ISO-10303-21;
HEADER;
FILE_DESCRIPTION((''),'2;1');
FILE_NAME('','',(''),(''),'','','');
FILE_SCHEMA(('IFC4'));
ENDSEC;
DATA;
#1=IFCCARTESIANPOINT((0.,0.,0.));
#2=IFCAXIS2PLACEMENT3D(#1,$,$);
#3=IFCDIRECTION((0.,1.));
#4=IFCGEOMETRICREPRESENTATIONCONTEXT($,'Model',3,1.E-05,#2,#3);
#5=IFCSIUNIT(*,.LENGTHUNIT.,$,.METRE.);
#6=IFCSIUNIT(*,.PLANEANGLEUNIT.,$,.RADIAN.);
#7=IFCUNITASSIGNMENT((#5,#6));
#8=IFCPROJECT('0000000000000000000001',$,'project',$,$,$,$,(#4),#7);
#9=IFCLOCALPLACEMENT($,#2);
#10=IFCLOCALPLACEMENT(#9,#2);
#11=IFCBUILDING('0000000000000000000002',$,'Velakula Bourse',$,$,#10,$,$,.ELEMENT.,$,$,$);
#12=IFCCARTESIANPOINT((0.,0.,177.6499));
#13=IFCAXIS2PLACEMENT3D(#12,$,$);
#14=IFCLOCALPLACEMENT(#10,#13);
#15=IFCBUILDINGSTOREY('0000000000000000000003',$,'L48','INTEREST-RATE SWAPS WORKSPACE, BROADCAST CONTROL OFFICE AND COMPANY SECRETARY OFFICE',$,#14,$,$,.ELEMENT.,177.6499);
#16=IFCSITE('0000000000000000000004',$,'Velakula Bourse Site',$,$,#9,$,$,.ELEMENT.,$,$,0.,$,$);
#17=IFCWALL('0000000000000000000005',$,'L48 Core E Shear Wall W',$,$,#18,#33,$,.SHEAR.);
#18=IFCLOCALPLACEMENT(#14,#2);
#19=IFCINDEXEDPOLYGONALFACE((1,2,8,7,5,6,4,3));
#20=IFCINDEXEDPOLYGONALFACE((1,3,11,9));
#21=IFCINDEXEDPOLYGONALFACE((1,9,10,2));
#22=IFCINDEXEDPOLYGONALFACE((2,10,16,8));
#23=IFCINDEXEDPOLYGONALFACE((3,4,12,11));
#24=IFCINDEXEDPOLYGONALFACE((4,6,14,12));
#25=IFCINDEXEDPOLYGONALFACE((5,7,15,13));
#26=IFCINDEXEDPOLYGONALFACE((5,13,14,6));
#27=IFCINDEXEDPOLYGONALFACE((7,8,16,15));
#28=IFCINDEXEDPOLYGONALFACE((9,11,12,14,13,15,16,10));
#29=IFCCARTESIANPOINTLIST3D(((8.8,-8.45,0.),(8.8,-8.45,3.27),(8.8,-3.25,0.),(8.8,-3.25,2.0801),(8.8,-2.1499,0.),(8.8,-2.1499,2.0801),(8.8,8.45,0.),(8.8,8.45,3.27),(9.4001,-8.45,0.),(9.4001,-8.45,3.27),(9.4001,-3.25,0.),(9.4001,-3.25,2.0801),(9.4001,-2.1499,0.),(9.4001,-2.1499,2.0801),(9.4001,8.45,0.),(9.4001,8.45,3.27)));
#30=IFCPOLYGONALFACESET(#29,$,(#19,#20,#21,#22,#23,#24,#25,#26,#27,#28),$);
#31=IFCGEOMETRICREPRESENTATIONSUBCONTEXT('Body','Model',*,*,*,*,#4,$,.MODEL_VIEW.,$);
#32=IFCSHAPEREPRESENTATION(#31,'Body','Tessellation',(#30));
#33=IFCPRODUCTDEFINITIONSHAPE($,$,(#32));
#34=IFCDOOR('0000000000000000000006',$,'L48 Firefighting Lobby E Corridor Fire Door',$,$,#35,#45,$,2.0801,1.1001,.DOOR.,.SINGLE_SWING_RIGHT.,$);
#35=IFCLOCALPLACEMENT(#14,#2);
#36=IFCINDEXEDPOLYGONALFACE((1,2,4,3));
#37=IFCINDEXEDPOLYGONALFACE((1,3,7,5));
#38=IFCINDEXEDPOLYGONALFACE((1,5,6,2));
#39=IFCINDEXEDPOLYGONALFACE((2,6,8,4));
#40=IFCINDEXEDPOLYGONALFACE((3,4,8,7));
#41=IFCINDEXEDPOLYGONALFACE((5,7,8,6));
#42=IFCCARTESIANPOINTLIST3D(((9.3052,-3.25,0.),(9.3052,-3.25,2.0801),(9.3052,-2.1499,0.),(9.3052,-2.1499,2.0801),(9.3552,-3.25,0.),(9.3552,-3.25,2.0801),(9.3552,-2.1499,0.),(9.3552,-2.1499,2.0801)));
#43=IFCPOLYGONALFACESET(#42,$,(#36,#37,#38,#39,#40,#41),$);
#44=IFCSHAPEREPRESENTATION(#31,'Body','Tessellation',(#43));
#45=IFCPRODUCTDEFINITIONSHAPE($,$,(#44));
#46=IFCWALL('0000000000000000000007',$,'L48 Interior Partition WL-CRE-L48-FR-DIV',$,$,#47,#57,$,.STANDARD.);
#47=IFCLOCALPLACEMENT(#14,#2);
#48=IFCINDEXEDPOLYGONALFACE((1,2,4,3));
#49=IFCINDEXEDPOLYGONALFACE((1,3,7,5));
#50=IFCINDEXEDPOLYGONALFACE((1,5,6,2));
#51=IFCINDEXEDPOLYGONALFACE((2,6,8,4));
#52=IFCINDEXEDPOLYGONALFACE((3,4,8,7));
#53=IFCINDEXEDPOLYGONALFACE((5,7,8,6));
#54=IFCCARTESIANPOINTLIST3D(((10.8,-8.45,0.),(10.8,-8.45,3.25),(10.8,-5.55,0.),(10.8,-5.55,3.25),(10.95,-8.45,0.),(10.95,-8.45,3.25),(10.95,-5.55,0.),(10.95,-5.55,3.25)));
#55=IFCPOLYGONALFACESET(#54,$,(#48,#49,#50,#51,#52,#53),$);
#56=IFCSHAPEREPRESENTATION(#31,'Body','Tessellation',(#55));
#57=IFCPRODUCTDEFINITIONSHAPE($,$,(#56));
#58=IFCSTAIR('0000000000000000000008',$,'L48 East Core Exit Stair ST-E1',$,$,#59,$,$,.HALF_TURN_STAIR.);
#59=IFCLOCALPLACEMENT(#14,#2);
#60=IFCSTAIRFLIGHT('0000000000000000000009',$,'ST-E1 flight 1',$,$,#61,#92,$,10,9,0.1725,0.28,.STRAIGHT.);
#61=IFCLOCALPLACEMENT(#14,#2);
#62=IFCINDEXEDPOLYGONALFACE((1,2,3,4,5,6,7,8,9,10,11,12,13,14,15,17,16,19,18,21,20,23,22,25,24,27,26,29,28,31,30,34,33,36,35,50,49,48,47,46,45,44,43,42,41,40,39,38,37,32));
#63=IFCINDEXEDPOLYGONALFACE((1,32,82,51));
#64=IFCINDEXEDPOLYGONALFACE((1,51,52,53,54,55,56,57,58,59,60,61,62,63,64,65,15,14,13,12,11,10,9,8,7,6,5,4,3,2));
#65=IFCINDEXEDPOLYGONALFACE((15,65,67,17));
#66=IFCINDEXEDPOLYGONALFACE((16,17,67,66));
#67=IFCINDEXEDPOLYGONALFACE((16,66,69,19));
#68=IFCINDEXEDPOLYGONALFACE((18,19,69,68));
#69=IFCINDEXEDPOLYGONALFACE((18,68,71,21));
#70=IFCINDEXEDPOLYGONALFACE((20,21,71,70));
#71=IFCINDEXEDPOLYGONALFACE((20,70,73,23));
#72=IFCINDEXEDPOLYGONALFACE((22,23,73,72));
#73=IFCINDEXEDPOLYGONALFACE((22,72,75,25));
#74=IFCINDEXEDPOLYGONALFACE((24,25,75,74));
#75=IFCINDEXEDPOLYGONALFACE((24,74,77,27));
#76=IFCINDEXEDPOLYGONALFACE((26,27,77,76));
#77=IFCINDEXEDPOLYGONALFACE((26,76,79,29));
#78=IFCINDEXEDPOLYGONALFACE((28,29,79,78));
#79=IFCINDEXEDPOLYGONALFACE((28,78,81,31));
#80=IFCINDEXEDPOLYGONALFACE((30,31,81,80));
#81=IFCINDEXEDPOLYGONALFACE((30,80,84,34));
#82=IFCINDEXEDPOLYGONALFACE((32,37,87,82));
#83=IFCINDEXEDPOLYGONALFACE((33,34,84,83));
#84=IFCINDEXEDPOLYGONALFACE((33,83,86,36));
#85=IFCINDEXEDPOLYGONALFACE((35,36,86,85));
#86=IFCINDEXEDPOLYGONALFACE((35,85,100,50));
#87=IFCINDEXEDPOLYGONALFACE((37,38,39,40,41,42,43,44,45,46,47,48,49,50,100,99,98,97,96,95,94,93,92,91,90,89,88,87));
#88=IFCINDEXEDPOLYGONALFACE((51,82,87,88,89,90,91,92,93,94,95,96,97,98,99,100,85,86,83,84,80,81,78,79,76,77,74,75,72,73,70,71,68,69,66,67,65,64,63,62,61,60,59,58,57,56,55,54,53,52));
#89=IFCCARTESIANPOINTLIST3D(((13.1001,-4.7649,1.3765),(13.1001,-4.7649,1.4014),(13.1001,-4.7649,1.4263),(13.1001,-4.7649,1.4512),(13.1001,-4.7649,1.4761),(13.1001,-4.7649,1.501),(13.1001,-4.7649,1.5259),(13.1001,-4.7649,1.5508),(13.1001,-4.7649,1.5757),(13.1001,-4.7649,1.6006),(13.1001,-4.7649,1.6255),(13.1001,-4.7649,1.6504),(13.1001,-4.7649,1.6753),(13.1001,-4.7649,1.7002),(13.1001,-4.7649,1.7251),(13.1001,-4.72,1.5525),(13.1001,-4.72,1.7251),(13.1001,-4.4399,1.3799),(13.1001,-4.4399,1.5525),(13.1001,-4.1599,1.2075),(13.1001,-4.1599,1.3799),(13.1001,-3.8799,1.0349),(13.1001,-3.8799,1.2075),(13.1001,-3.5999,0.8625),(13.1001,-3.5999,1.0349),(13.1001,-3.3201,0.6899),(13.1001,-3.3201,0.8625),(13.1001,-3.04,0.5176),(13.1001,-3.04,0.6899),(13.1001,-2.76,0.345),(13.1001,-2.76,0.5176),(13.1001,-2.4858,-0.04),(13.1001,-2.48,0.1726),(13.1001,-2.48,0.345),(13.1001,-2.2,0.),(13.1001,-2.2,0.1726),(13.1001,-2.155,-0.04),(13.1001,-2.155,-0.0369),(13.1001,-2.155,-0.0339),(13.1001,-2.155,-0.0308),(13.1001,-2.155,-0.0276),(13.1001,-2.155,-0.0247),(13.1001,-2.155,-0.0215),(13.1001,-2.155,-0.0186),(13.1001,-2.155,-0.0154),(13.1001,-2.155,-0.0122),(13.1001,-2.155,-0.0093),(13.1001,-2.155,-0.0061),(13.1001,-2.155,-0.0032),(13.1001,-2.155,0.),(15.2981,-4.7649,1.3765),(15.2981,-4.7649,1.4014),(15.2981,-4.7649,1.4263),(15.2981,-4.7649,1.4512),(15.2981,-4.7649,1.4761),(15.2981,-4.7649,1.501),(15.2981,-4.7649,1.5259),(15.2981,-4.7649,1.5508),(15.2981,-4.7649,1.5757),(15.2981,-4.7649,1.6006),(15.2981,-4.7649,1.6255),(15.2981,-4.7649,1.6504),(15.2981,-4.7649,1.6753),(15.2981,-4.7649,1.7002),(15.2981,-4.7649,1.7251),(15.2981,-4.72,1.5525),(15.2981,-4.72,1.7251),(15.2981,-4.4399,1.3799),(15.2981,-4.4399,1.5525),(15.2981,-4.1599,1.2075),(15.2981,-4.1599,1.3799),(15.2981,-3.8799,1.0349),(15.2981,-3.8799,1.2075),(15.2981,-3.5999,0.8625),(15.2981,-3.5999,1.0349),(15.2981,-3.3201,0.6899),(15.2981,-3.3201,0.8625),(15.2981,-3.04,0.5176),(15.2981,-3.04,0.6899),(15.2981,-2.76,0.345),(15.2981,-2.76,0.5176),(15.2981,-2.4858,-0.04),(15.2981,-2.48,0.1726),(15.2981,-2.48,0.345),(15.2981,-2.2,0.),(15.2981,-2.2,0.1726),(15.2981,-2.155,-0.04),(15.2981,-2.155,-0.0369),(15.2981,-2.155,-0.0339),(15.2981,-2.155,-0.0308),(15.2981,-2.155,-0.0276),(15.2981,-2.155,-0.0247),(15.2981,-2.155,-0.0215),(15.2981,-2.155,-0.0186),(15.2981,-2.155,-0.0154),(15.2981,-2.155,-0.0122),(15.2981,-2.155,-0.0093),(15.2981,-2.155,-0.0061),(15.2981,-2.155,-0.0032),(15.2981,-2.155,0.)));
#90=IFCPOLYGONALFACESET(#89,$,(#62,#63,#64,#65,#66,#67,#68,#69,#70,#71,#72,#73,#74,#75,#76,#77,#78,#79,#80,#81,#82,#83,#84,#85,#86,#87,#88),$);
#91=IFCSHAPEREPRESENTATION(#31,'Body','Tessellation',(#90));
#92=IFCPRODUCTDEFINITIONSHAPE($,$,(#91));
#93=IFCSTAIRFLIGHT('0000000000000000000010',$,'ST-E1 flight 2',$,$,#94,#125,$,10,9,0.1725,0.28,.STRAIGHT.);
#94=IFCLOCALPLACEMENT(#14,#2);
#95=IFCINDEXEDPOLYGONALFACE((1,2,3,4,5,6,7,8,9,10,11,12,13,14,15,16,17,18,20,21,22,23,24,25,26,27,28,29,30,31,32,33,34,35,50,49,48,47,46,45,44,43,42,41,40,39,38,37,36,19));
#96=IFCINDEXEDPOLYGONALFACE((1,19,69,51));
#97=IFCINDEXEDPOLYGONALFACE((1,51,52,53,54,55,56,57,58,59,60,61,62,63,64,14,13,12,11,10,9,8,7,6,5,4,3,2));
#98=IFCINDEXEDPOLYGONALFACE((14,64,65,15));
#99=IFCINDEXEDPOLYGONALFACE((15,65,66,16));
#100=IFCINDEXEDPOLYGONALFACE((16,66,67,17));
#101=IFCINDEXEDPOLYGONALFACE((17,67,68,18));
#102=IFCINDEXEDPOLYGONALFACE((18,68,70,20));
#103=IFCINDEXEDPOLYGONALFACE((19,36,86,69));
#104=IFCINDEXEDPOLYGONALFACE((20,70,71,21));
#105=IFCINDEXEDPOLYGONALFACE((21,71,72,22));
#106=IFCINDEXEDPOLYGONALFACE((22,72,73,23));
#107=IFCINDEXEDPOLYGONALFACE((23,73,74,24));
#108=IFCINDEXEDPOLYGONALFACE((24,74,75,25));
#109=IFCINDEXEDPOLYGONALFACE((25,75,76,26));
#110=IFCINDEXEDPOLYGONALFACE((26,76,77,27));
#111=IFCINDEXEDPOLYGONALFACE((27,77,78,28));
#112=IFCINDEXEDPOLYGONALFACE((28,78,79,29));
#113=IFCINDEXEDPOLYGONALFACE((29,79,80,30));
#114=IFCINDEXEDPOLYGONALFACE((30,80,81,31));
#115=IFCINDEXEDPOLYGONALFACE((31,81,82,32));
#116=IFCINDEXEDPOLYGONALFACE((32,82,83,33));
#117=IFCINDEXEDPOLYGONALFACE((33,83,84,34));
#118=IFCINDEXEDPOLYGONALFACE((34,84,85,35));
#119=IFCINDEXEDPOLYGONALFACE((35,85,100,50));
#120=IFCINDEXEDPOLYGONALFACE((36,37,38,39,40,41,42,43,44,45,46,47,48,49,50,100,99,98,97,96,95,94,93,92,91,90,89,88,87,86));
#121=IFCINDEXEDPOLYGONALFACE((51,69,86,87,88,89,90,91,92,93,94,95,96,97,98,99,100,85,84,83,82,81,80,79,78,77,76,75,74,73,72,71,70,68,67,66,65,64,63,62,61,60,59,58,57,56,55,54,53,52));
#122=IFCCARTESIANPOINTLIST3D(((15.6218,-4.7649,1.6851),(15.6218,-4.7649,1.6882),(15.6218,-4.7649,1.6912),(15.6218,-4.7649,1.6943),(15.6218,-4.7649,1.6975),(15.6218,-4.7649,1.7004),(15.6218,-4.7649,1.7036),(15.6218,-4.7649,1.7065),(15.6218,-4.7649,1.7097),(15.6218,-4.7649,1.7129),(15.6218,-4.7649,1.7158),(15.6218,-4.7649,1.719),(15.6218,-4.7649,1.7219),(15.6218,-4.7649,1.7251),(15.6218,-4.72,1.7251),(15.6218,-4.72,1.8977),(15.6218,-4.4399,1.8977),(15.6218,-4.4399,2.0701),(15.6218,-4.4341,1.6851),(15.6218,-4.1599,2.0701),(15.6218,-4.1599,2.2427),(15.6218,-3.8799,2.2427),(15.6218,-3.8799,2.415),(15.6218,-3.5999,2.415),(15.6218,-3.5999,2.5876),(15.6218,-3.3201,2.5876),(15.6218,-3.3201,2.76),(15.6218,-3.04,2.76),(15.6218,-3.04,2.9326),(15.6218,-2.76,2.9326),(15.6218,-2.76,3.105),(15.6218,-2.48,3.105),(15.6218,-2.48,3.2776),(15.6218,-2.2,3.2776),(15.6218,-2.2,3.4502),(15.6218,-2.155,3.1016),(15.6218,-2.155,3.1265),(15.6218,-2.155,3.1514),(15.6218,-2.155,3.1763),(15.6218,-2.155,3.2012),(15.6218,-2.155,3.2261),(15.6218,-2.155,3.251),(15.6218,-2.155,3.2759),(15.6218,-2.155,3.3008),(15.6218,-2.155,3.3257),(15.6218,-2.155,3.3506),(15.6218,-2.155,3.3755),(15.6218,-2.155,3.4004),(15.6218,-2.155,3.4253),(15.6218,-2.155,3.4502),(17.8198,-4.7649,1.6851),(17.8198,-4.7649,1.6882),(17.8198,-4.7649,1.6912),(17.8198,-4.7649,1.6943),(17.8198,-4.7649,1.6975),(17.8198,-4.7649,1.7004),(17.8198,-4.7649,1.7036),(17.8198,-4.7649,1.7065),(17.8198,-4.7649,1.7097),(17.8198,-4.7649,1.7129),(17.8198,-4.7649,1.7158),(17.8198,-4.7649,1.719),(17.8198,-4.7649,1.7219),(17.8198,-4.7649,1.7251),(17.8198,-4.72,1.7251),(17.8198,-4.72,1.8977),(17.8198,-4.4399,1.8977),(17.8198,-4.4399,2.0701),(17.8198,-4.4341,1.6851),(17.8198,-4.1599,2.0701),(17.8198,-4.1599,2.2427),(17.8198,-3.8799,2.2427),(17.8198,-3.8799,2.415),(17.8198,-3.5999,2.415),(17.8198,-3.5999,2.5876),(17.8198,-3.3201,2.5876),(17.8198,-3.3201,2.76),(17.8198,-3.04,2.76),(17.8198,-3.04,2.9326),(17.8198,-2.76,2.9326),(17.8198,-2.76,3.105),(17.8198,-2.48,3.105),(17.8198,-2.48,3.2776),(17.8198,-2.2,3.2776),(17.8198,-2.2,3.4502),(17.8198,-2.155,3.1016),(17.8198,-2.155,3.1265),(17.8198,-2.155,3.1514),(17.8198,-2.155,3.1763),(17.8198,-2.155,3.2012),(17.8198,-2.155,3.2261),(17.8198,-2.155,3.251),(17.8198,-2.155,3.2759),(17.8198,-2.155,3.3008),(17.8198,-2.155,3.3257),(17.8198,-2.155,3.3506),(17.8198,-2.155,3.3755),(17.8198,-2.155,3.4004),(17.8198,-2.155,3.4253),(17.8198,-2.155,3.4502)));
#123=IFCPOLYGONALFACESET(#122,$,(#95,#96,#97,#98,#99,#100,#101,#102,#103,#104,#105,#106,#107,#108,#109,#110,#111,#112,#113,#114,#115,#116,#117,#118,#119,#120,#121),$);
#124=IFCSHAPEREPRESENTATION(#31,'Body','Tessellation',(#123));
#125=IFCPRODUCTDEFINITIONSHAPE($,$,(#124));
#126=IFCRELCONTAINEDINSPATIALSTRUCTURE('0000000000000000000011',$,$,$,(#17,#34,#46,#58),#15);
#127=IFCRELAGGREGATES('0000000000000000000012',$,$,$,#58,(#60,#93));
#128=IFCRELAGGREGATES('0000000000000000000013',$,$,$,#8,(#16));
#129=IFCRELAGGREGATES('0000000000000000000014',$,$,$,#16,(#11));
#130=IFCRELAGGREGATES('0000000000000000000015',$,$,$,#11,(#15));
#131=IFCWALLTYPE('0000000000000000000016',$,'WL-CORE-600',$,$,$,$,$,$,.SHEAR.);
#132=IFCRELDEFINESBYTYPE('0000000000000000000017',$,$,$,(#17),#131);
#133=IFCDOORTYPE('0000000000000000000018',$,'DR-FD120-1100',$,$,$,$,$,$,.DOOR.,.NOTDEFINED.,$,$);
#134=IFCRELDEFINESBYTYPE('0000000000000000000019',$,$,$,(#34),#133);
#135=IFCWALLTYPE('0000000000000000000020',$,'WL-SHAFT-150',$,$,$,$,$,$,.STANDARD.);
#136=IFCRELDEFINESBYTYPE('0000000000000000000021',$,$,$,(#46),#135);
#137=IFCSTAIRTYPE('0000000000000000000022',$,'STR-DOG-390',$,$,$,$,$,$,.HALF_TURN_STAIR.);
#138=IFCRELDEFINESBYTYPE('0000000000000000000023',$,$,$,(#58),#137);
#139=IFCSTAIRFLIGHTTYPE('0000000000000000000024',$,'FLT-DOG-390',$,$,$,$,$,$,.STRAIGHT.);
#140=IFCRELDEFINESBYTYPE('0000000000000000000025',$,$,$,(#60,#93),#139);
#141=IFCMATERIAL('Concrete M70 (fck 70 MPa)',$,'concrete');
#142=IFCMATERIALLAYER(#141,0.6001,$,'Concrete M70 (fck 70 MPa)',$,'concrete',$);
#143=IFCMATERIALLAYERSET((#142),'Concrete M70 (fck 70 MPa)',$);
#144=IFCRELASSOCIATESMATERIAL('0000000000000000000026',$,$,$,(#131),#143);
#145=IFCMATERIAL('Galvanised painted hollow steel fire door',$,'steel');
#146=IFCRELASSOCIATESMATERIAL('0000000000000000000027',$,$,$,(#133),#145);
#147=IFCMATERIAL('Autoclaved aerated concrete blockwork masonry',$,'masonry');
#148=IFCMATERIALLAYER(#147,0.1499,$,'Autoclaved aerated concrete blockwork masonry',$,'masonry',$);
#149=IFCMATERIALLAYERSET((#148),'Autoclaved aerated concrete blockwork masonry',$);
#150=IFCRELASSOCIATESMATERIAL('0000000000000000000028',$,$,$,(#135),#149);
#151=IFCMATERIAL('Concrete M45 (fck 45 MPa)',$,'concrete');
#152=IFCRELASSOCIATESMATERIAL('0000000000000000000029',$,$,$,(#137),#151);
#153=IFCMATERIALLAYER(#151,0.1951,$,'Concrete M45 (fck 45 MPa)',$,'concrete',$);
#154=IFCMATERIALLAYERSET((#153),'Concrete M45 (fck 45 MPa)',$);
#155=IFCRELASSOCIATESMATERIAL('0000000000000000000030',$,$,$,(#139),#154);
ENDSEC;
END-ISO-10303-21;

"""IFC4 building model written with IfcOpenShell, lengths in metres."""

from ifc_helpers import new_model, si_unit, direction, frame, frame_2d, origin, place, context, subcontext, project, spatial, polyline, rectangle, outline, extrude, material, layer, layer_set, type_object, element, fill, aggregate, save


model = new_model("IFC4")

# Units and contexts
model_context = context("Model", 3, precision=1e-05, world=origin(), true_north=direction((0.0, 1.0)))
body_context = subcontext(model_context, "Body", "Model", "MODEL_VIEW")
ifc_project = project(units=[si_unit("LENGTHUNIT", "METRE"), si_unit("PLANEANGLEUNIT", "RADIAN")], contexts=[model_context])

# Site, building, storey
site_placement = place(None, origin())
site = spatial("IfcSite", under=ifc_project, at=site_placement, Name="Velakula Bourse Site", CompositionType="ELEMENT", RefElevation=0.0)
building_placement = place(site_placement, origin())
building = spatial("IfcBuilding", under=site, at=building_placement, Name="Velakula Bourse", CompositionType="ELEMENT")
storey_placement = place(building_placement, frame((0.0, 0.0, 177.6499)))
storey = spatial("IfcBuildingStorey", under=building, at=storey_placement, Name="L48", Description="INTEREST-RATE SWAPS WORKSPACE, BROADCAST CONTROL OFFICE AND COMPANY SECRETARY OFFICE", CompositionType="ELEMENT", Elevation=177.6499)

# Shared definitions
ifc_material_1 = material(Name="Concrete M70 (fck 70 MPa)", Category="concrete")

# Shared definitions
ifc_material_2 = material(Name="Galvanised painted hollow steel fire door", Category="steel")

# Shared definitions
ifc_layer_1 = layer(ifc_material_1, 0.6001, Name="Concrete M70 (fck 70 MPa)", Category="concrete")
ifc_layer_set_1 = layer_set([ifc_layer_1], Name="Concrete M70 (fck 70 MPa)")
wall_type_1 = type_object("IfcWallType", Name="WL-CORE-600", PredefinedType="SHEAR", material=ifc_layer_set_1)

# Wall, opening, door
wall_1_placement = place(storey_placement, frame((9.1001, -8.45, 0.0), z_axis=(0.0, 0.0, 1.0), x_axis=(0.0, 1.0, 0.0)))
wall_1 = element("IfcWall", 1, at=wall_1_placement, inside=storey, type_object=wall_type_1, Name="L48 Core E Shear Wall W", PredefinedType="SHEAR", context=body_context, shape_type="SweptSolid", body=[
    extrude(rectangle(XDim=16.8999, YDim=0.6001, at=frame_2d((8.45, 0.0))), origin(), (0.0, 0.0, 1.0), 3.27),
])
opening_1_placement = place(wall_1_placement, frame((5.2, 0.0, 0.0)))
opening_1 = element("IfcOpeningElement", 2, at=opening_1_placement, cuts=wall_1, PredefinedType="OPENING", context=body_context, shape_type="SweptSolid", body=[
    extrude(rectangle(XDim=1.1001, YDim=2.0801, at=frame_2d((0.55, 1.04))), frame((0.0, 0.3101, 0.0), z_axis=(0.0, -1.0, 0.0), x_axis=(1.0, 0.0, 0.0)), (0.0, 0.0, 1.0), 0.6201),
])
door_type_1 = type_object("IfcDoorType", Name="DR-FD120-1100", OperationType="NOTDEFINED", PredefinedType="DOOR", material=ifc_material_2)
door_1_placement = place(opening_1_placement, origin())
door_1 = element("IfcDoor", 3, at=door_1_placement, inside=storey, type_object=door_type_1, Name="L48 Firefighting Lobby E Corridor Fire Door", OperationType="SINGLE_SWING_RIGHT", OverallHeight=2.0801, OverallWidth=1.1001, PredefinedType="DOOR", context=body_context, shape_type="SweptSolid", body=[
    extrude(rectangle(XDim=1.1001, YDim=2.0801, at=frame_2d((0.55, 1.04))), frame((0.0, -0.2051, 0.0), z_axis=(0.0, -1.0, 0.0), x_axis=(1.0, 0.0, 0.0)), (0.0, 0.0, 1.0), 0.05),
])
fill(opening_1, door_1)

# Shared definitions
ifc_material_3 = material(Name="Autoclaved aerated concrete blockwork masonry", Category="masonry")
ifc_layer_2 = layer(ifc_material_3, 0.1499, Name="Autoclaved aerated concrete blockwork masonry", Category="masonry")
ifc_layer_set_2 = layer_set([ifc_layer_2], Name="Autoclaved aerated concrete blockwork masonry")
wall_type_2 = type_object("IfcWallType", Name="WL-SHAFT-150", PredefinedType="STANDARD", material=ifc_layer_set_2)

# Wall
wall_2_placement = place(storey_placement, frame((10.875, -8.45, 0.0), z_axis=(0.0, 0.0, 1.0), x_axis=(0.0, 1.0, 0.0)))
element("IfcWall", 4, at=wall_2_placement, inside=storey, type_object=wall_type_2, Name="L48 Interior Partition WL-CRE-L48-FR-DIV", PredefinedType="STANDARD", context=body_context, shape_type="SweptSolid", body=[
    extrude(rectangle(XDim=2.8999, YDim=0.1499, at=frame_2d((1.45, 0.0))), origin(), (0.0, 0.0, 1.0), 3.25),
])

# Stair, stair flights
ifc_material_4 = material(Name="Concrete M45 (fck 45 MPa)", Category="concrete")
stair_type = type_object("IfcStairType", Name="STR-DOG-390", PredefinedType="HALF_TURN_STAIR", material=ifc_material_4)
stair_placement = place(storey_placement, origin())
stair = element("IfcStair", 5, at=stair_placement, inside=storey, type_object=stair_type, Name="L48 East Core Exit Stair ST-E1", PredefinedType="HALF_TURN_STAIR")
ifc_layer_3 = layer(ifc_material_4, 0.1951, Name="Concrete M45 (fck 45 MPa)", Category="concrete")
ifc_layer_set_3 = layer_set([ifc_layer_3], Name="Concrete M45 (fck 45 MPa)")
stair_flight_type = type_object("IfcStairFlightType", Name="FLT-DOG-390", PredefinedType="STRAIGHT", material=ifc_layer_set_3)
stair_flight_1_placement = place(storey_placement, frame((14.199, -2.2, 0.0), z_axis=(0.0, 0.0, 1.0), x_axis=(0.0, -1.0, 0.0)))
stair_flight_1 = element("IfcStairFlight", 6, at=stair_flight_1_placement, type_object=stair_flight_type, Name="ST-E1 flight 1", NumberOfRisers=10, NumberOfTreads=9, PredefinedType="STRAIGHT", RiserHeight=0.1725, TreadLength=0.28, context=body_context, shape_type="SweptSolid", body=[
    extrude(outline(polyline([(-0.0449, -0.04), (-0.0449, -0.0369), (-0.0449, -0.0339), (-0.0449, -0.0308), (-0.0449, -0.0276), (-0.0449, -0.0247), (-0.0449, -0.0215), (-0.0449, -0.0186), (-0.0449, -0.0154), (-0.0449, -0.0122), (-0.0449, -0.0093), (-0.0449, -0.0061), (-0.0449, -0.0032), (-0.0449, 0.0), (0.0, 0.0), (0.0, 0.1726), (0.28, 0.1726), (0.28, 0.345), (0.5601, 0.345), (0.5601, 0.5176), (0.8401, 0.5176), (0.8401, 0.6899), (1.1201, 0.6899), (1.1201, 0.8625), (1.3999, 0.8625), (1.3999, 1.0349), (1.6799, 1.0349), (1.6799, 1.2075), (1.96, 1.2075), (1.96, 1.3799), (2.24, 1.3799), (2.24, 1.5525), (2.52, 1.5525), (2.52, 1.7251), (2.5649, 1.7251), (2.5649, 1.7002), (2.5649, 1.6753), (2.5649, 1.6504), (2.5649, 1.6255), (2.5649, 1.6006), (2.5649, 1.5757), (2.5649, 1.5508), (2.5649, 1.5259), (2.5649, 1.501), (2.5649, 1.4761), (2.5649, 1.4512), (2.5649, 1.4263), (2.5649, 1.4014), (2.5649, 1.3765), (0.2859, -0.04), (-0.0449, -0.04)])), frame((0.0, 1.0991, 0.0), z_axis=(0.0, -1.0, 0.0), x_axis=(1.0, 0.0, 0.0)), (0.0, 0.0, 1.0), 2.198),
])
stair_flight_2_placement = place(storey_placement, frame((16.7209, -4.72, 1.7251), z_axis=(0.0, 0.0, 1.0), x_axis=(0.0, 1.0, 0.0)))
stair_flight_2 = element("IfcStairFlight", 7, at=stair_flight_2_placement, type_object=stair_flight_type, Name="ST-E1 flight 2", NumberOfRisers=10, NumberOfTreads=9, PredefinedType="STRAIGHT", RiserHeight=0.1725, TreadLength=0.28, context=body_context, shape_type="SweptSolid", body=[
    extrude(outline(polyline([(-0.0449, -0.04), (-0.0449, -0.0369), (-0.0449, -0.0339), (-0.0449, -0.0308), (-0.0449, -0.0276), (-0.0449, -0.0247), (-0.0449, -0.0215), (-0.0449, -0.0186), (-0.0449, -0.0154), (-0.0449, -0.0122), (-0.0449, -0.0093), (-0.0449, -0.0061), (-0.0449, -0.0032), (-0.0449, 0.0), (0.0, 0.0), (0.0, 0.1726), (0.28, 0.1726), (0.28, 0.345), (0.5601, 0.345), (0.5601, 0.5176), (0.8401, 0.5176), (0.8401, 0.6899), (1.1201, 0.6899), (1.1201, 0.8625), (1.3999, 0.8625), (1.3999, 1.0349), (1.6799, 1.0349), (1.6799, 1.2075), (1.96, 1.2075), (1.96, 1.3799), (2.24, 1.3799), (2.24, 1.5525), (2.52, 1.5525), (2.52, 1.7251), (2.5649, 1.7251), (2.5649, 1.7002), (2.5649, 1.6753), (2.5649, 1.6504), (2.5649, 1.6255), (2.5649, 1.6006), (2.5649, 1.5757), (2.5649, 1.5508), (2.5649, 1.5259), (2.5649, 1.501), (2.5649, 1.4761), (2.5649, 1.4512), (2.5649, 1.4263), (2.5649, 1.4014), (2.5649, 1.3765), (0.2859, -0.04), (-0.0449, -0.04)])), frame((0.0, 1.0991, 0.0), z_axis=(0.0, -1.0, 0.0), x_axis=(1.0, 0.0, 0.0)), (0.0, 0.0, 1.0), 2.198),
])
aggregate(stair, [stair_flight_1, stair_flight_2])

save(model, "model.ifc")
